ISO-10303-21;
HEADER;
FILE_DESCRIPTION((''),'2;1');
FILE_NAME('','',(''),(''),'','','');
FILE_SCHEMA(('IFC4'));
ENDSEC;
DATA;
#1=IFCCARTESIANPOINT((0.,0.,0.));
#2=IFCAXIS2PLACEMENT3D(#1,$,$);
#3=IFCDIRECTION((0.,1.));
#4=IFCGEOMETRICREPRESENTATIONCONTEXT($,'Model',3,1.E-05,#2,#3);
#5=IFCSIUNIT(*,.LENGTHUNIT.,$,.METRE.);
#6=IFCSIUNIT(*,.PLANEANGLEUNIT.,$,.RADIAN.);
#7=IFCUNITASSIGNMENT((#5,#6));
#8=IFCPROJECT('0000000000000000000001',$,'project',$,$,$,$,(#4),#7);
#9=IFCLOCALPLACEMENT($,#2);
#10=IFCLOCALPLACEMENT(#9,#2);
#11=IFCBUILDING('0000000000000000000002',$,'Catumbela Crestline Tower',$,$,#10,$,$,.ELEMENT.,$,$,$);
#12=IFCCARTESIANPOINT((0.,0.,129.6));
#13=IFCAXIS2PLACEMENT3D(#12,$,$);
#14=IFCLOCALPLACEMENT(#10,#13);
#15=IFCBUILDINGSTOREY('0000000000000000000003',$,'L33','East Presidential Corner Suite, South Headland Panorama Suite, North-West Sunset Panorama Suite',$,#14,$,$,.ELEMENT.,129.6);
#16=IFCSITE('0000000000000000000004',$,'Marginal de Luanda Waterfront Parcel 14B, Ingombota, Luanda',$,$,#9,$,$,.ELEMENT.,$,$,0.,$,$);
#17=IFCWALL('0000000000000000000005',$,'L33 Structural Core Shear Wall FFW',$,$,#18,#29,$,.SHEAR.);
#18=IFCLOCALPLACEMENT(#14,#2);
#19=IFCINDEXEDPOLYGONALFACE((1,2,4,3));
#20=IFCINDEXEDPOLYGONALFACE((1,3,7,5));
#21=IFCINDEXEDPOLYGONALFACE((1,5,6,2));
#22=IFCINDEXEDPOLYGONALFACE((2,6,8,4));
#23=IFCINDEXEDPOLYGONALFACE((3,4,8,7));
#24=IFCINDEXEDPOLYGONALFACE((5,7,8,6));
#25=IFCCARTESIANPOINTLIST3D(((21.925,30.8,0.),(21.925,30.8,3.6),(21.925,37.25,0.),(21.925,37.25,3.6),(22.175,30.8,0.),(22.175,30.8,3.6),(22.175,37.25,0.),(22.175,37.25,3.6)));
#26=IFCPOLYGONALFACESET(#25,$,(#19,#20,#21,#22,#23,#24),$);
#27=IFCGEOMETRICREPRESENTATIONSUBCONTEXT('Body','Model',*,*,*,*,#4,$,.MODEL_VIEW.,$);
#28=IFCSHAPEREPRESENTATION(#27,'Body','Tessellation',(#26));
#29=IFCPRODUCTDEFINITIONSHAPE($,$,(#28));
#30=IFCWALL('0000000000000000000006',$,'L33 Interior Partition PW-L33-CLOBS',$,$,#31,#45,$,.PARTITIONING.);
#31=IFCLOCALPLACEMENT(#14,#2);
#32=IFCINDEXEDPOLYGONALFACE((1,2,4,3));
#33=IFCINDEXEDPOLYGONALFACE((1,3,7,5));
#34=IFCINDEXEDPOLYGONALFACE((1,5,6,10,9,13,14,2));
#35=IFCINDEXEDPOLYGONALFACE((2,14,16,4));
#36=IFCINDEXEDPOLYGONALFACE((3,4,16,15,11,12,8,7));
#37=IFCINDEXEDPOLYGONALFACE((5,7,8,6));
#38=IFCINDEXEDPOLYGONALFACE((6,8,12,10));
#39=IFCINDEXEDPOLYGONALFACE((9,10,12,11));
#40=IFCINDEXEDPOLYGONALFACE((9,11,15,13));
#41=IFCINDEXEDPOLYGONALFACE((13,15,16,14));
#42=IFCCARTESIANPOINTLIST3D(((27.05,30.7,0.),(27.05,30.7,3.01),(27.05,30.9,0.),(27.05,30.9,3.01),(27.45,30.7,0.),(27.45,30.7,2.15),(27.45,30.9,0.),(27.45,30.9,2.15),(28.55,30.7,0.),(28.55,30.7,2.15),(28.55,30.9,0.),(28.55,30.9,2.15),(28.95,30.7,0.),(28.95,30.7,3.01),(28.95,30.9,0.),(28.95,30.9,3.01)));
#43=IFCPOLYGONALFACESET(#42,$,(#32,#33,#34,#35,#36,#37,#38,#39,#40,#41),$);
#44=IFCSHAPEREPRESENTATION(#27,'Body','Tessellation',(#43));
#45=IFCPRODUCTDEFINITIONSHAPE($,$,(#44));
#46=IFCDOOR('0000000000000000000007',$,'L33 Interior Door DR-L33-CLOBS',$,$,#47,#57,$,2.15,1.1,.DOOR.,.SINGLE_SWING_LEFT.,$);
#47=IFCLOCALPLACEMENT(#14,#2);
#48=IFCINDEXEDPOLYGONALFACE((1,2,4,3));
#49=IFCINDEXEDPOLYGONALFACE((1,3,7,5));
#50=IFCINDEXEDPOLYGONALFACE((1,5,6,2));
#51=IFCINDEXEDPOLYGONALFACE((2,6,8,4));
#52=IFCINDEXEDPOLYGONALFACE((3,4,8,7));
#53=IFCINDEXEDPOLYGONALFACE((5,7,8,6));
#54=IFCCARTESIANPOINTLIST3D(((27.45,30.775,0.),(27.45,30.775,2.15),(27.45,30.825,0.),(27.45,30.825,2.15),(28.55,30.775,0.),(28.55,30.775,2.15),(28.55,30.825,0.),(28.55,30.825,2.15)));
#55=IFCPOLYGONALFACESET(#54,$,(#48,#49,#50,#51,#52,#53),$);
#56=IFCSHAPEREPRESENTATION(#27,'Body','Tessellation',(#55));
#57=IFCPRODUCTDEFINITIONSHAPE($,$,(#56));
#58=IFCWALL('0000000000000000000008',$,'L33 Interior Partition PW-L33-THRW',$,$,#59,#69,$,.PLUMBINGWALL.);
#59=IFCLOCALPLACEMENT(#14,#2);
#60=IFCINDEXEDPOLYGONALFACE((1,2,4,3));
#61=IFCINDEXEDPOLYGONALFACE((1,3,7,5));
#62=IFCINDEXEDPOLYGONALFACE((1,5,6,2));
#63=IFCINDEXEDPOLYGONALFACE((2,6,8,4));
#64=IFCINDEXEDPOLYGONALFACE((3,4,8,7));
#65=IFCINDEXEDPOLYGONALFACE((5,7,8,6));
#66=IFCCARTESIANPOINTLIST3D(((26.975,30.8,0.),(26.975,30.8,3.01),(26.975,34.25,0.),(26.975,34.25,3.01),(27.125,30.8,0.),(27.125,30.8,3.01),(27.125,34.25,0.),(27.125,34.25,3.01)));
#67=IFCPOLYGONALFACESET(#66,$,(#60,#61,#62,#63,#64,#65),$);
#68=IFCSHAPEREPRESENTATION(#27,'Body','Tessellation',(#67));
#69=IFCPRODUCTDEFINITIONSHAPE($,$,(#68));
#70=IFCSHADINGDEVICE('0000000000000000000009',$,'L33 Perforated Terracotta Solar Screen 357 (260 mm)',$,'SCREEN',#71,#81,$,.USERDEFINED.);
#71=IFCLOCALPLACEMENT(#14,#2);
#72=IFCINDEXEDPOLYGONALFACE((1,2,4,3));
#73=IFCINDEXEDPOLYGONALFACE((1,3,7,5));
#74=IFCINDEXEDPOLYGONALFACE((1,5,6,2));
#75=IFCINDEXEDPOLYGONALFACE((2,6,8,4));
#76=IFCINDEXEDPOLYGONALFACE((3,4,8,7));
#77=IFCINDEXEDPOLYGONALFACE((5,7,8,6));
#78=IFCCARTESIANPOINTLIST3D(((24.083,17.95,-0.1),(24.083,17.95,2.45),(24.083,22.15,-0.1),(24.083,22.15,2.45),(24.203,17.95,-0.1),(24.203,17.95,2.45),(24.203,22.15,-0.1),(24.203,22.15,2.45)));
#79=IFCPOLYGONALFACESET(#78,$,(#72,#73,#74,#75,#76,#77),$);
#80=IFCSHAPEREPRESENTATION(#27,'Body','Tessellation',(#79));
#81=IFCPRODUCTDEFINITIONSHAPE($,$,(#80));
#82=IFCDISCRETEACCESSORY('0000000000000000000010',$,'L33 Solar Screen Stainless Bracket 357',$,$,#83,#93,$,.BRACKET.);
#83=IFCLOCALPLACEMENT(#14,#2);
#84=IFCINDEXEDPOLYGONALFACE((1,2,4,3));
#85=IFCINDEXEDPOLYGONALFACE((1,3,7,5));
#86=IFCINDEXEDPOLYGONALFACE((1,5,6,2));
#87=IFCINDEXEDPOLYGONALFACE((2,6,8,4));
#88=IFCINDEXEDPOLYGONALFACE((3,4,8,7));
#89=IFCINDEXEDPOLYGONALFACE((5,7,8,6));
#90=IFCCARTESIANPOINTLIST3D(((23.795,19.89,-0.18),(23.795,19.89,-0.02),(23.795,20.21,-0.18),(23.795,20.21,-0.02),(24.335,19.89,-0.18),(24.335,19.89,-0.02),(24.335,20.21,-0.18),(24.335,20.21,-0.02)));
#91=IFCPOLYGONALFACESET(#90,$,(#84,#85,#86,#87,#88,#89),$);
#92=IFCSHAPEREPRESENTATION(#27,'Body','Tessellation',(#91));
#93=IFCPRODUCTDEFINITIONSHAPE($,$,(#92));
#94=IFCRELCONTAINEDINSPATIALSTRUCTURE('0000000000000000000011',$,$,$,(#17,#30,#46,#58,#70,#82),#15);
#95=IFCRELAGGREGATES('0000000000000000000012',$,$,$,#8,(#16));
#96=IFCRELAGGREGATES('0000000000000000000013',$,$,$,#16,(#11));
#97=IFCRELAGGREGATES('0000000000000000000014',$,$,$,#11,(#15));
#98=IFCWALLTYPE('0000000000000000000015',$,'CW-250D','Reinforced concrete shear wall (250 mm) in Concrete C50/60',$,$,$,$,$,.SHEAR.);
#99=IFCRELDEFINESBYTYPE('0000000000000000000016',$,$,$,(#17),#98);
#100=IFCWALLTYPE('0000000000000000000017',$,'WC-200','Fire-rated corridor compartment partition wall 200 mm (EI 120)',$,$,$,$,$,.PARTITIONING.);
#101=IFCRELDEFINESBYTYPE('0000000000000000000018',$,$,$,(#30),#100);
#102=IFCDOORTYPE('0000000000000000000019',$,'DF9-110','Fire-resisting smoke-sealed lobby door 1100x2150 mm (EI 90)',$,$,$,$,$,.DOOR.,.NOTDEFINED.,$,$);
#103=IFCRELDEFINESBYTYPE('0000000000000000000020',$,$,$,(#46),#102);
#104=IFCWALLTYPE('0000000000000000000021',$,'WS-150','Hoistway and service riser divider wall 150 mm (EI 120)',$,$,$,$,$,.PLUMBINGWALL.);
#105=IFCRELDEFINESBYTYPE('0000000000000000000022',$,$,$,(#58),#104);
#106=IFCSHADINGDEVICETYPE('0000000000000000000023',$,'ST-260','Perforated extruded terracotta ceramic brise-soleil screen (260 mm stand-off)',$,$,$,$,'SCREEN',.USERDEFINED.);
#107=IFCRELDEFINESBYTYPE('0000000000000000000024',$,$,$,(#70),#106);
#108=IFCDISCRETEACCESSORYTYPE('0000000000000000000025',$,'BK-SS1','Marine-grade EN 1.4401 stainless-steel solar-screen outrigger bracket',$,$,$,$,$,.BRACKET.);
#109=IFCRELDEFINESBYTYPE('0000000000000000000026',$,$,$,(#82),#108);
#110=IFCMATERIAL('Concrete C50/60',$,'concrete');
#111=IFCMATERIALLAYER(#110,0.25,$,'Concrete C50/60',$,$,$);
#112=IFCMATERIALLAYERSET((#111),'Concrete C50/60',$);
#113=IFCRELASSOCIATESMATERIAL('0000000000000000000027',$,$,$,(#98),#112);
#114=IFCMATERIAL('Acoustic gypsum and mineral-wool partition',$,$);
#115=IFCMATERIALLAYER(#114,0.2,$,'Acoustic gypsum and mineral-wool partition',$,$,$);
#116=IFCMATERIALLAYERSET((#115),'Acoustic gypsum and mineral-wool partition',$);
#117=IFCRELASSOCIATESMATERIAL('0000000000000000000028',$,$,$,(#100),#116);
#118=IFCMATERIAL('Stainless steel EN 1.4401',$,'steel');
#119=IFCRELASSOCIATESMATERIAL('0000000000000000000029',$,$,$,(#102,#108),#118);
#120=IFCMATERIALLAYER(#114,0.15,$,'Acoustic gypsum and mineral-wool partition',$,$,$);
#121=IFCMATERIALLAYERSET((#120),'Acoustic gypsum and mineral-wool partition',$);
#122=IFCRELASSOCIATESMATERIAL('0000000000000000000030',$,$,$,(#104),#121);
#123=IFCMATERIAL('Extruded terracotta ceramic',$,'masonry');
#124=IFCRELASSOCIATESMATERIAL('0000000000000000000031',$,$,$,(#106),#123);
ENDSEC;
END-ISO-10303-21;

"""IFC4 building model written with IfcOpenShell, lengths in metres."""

from ifc_helpers import new_model, si_unit, direction, frame, frame_2d, origin, origin_2d, place, context, subcontext, project, spatial, rectangle, extrude, material, layer, layer_set, type_object, element, fill, save


model = new_model("IFC4")

# Units and contexts
model_context = context("Model", 3, precision=1e-05, world=origin(), true_north=direction((0.0, 1.0)))
body_context = subcontext(model_context, "Body", "Model", "MODEL_VIEW")
ifc_project = project(units=[si_unit("LENGTHUNIT", "METRE"), si_unit("PLANEANGLEUNIT", "RADIAN")], contexts=[model_context])

# Site, building, storey
site_placement = place(None, origin())
site = spatial("IfcSite", under=ifc_project, at=site_placement, Name="Marginal de Luanda Waterfront Parcel 14B, Ingombota, Luanda", CompositionType="ELEMENT", RefElevation=0.0)
building_placement = place(site_placement, origin())
building = spatial("IfcBuilding", under=site, at=building_placement, Name="Catumbela Crestline Tower", CompositionType="ELEMENT")
storey_placement = place(building_placement, frame((0.0, 0.0, 129.6)))
storey = spatial("IfcBuildingStorey", under=building, at=storey_placement, Name="L33", Description="East Presidential Corner Suite, South Headland Panorama Suite, North-West Sunset Panorama Suite", CompositionType="ELEMENT", Elevation=129.6)

# Shared definitions
ifc_material_1 = material(Name="Concrete C50/60", Category="concrete")

# Wall
ifc_layer_1 = layer(ifc_material_1, 0.25, Name="Concrete C50/60")
ifc_layer_set_1 = layer_set([ifc_layer_1], Name="Concrete C50/60")
wall_type_1 = type_object("IfcWallType", Name="CW-250D", Description="Reinforced concrete shear wall (250 mm) in Concrete C50/60", PredefinedType="SHEAR", material=ifc_layer_set_1)
wall_1_placement = place(storey_placement, frame((22.05, 30.8, 0.0), z_axis=(0.0, 0.0, 1.0), x_axis=(0.0, 1.0, 0.0)))
element("IfcWall", 1, at=wall_1_placement, inside=storey, type_object=wall_type_1, Name="L33 Structural Core Shear Wall FFW", PredefinedType="SHEAR", context=body_context, shape_type="SweptSolid", body=[
    extrude(rectangle(XDim=6.45, YDim=0.25, at=frame_2d((3.225, 0.0))), origin(), (0.0, 0.0, 1.0), 3.6),
])

# Wall, opening, door
ifc_material_2 = material(Name="Acoustic gypsum and mineral-wool partition")
ifc_layer_2 = layer(ifc_material_2, 0.2, Name="Acoustic gypsum and mineral-wool partition")
ifc_layer_set_2 = layer_set([ifc_layer_2], Name="Acoustic gypsum and mineral-wool partition")
wall_type_2 = type_object("IfcWallType", Name="WC-200", Description="Fire-rated corridor compartment partition wall 200 mm (EI 120)", PredefinedType="PARTITIONING", material=ifc_layer_set_2)
wall_2_placement = place(storey_placement, frame((27.05, 30.8, 0.0), z_axis=(0.0, 0.0, 1.0), x_axis=(1.0, 0.0, 0.0)))
wall_2 = element("IfcWall", 2, at=wall_2_placement, inside=storey, type_object=wall_type_2, Name="L33 Interior Partition PW-L33-CLOBS", PredefinedType="PARTITIONING", context=body_context, shape_type="SweptSolid", body=[
    extrude(rectangle(XDim=1.9, YDim=0.2, at=frame_2d((0.95, 0.0))), origin(), (0.0, 0.0, 1.0), 3.01),
])
opening_placement = place(wall_2_placement, frame((0.4, 0.0, 0.0)))
opening = element("IfcOpeningElement", 3, at=opening_placement, cuts=wall_2, PredefinedType="OPENING", context=body_context, shape_type="SweptSolid", body=[
    extrude(rectangle(XDim=1.1, YDim=2.15, at=frame_2d((0.55, 1.075))), frame((0.0, 0.11, 0.0), z_axis=(0.0, -1.0, 0.0), x_axis=(1.0, 0.0, 0.0)), (0.0, 0.0, 1.0), 0.22),
])
ifc_material_3 = material(Name="Stainless steel EN 1.4401", Category="steel")
door_type = type_object("IfcDoorType", Name="DF9-110", Description="Fire-resisting smoke-sealed lobby door 1100x2150 mm (EI 90)", OperationType="NOTDEFINED", PredefinedType="DOOR", material=ifc_material_3)
door_placement = place(opening_placement, origin())
door = element("IfcDoor", 4, at=door_placement, inside=storey, type_object=door_type, Name="L33 Interior Door DR-L33-CLOBS", OperationType="SINGLE_SWING_LEFT", OverallHeight=2.15, OverallWidth=1.1, PredefinedType="DOOR", context=body_context, shape_type="SweptSolid", body=[
    extrude(rectangle(XDim=1.1, YDim=2.15, at=frame_2d((0.55, 1.075))), frame((0.0, 0.025, 0.0), z_axis=(0.0, -1.0, 0.0), x_axis=(1.0, 0.0, 0.0)), (0.0, 0.0, 1.0), 0.05),
])
fill(opening, door)

# Wall
ifc_layer_3 = layer(ifc_material_2, 0.15, Name="Acoustic gypsum and mineral-wool partition")
ifc_layer_set_3 = layer_set([ifc_layer_3], Name="Acoustic gypsum and mineral-wool partition")
wall_type_3 = type_object("IfcWallType", Name="WS-150", Description="Hoistway and service riser divider wall 150 mm (EI 120)", PredefinedType="PLUMBINGWALL", material=ifc_layer_set_3)
wall_3_placement = place(storey_placement, frame((27.05, 30.8, 0.0), z_axis=(0.0, 0.0, 1.0), x_axis=(0.0, 1.0, 0.0)))
element("IfcWall", 5, at=wall_3_placement, inside=storey, type_object=wall_type_3, Name="L33 Interior Partition PW-L33-THRW", PredefinedType="PLUMBINGWALL", context=body_context, shape_type="SweptSolid", body=[
    extrude(rectangle(XDim=3.45, YDim=0.15, at=frame_2d((1.725, 0.0))), origin(), (0.0, 0.0, 1.0), 3.01),
])

# Shading device
ifc_material_4 = material(Name="Extruded terracotta ceramic", Category="masonry")
shading_device_type = type_object("IfcShadingDeviceType", Name="ST-260", Description="Perforated extruded terracotta ceramic brise-soleil screen (260 mm stand-off)", ElementType="SCREEN", PredefinedType="USERDEFINED", material=ifc_material_4)
shading_device_placement = place(storey_placement, frame((24.143, 20.05, -0.1), z_axis=(0.0, 0.0, 1.0), x_axis=(0.0, 1.0, 0.0)))
element("IfcShadingDevice", 6, at=shading_device_placement, inside=storey, type_object=shading_device_type, Name="L33 Perforated Terracotta Solar Screen 357 (260 mm)", ObjectType="SCREEN", PredefinedType="USERDEFINED", context=body_context, shape_type="SweptSolid", body=[
    extrude(rectangle(XDim=4.2, YDim=0.12, at=origin_2d()), origin(), (0.0, 0.0, 1.0), 2.55),
])

# Discrete accessory
discrete_accessory_type = type_object("IfcDiscreteAccessoryType", Name="BK-SS1", Description="Marine-grade EN 1.4401 stainless-steel solar-screen outrigger bracket", PredefinedType="BRACKET", material=ifc_material_3)
discrete_accessory_placement = place(storey_placement, frame((24.065, 20.05, -0.18), z_axis=(0.0, 0.0, 1.0), x_axis=(0.0, 1.0, 0.0)))
element("IfcDiscreteAccessory", 7, at=discrete_accessory_placement, inside=storey, type_object=discrete_accessory_type, Name="L33 Solar Screen Stainless Bracket 357", PredefinedType="BRACKET", context=body_context, shape_type="SweptSolid", body=[
    extrude(rectangle(XDim=0.32, YDim=0.54, at=origin_2d()), origin(), (0.0, 0.0, 1.0), 0.16),
])

save(model, "model.ifc")
